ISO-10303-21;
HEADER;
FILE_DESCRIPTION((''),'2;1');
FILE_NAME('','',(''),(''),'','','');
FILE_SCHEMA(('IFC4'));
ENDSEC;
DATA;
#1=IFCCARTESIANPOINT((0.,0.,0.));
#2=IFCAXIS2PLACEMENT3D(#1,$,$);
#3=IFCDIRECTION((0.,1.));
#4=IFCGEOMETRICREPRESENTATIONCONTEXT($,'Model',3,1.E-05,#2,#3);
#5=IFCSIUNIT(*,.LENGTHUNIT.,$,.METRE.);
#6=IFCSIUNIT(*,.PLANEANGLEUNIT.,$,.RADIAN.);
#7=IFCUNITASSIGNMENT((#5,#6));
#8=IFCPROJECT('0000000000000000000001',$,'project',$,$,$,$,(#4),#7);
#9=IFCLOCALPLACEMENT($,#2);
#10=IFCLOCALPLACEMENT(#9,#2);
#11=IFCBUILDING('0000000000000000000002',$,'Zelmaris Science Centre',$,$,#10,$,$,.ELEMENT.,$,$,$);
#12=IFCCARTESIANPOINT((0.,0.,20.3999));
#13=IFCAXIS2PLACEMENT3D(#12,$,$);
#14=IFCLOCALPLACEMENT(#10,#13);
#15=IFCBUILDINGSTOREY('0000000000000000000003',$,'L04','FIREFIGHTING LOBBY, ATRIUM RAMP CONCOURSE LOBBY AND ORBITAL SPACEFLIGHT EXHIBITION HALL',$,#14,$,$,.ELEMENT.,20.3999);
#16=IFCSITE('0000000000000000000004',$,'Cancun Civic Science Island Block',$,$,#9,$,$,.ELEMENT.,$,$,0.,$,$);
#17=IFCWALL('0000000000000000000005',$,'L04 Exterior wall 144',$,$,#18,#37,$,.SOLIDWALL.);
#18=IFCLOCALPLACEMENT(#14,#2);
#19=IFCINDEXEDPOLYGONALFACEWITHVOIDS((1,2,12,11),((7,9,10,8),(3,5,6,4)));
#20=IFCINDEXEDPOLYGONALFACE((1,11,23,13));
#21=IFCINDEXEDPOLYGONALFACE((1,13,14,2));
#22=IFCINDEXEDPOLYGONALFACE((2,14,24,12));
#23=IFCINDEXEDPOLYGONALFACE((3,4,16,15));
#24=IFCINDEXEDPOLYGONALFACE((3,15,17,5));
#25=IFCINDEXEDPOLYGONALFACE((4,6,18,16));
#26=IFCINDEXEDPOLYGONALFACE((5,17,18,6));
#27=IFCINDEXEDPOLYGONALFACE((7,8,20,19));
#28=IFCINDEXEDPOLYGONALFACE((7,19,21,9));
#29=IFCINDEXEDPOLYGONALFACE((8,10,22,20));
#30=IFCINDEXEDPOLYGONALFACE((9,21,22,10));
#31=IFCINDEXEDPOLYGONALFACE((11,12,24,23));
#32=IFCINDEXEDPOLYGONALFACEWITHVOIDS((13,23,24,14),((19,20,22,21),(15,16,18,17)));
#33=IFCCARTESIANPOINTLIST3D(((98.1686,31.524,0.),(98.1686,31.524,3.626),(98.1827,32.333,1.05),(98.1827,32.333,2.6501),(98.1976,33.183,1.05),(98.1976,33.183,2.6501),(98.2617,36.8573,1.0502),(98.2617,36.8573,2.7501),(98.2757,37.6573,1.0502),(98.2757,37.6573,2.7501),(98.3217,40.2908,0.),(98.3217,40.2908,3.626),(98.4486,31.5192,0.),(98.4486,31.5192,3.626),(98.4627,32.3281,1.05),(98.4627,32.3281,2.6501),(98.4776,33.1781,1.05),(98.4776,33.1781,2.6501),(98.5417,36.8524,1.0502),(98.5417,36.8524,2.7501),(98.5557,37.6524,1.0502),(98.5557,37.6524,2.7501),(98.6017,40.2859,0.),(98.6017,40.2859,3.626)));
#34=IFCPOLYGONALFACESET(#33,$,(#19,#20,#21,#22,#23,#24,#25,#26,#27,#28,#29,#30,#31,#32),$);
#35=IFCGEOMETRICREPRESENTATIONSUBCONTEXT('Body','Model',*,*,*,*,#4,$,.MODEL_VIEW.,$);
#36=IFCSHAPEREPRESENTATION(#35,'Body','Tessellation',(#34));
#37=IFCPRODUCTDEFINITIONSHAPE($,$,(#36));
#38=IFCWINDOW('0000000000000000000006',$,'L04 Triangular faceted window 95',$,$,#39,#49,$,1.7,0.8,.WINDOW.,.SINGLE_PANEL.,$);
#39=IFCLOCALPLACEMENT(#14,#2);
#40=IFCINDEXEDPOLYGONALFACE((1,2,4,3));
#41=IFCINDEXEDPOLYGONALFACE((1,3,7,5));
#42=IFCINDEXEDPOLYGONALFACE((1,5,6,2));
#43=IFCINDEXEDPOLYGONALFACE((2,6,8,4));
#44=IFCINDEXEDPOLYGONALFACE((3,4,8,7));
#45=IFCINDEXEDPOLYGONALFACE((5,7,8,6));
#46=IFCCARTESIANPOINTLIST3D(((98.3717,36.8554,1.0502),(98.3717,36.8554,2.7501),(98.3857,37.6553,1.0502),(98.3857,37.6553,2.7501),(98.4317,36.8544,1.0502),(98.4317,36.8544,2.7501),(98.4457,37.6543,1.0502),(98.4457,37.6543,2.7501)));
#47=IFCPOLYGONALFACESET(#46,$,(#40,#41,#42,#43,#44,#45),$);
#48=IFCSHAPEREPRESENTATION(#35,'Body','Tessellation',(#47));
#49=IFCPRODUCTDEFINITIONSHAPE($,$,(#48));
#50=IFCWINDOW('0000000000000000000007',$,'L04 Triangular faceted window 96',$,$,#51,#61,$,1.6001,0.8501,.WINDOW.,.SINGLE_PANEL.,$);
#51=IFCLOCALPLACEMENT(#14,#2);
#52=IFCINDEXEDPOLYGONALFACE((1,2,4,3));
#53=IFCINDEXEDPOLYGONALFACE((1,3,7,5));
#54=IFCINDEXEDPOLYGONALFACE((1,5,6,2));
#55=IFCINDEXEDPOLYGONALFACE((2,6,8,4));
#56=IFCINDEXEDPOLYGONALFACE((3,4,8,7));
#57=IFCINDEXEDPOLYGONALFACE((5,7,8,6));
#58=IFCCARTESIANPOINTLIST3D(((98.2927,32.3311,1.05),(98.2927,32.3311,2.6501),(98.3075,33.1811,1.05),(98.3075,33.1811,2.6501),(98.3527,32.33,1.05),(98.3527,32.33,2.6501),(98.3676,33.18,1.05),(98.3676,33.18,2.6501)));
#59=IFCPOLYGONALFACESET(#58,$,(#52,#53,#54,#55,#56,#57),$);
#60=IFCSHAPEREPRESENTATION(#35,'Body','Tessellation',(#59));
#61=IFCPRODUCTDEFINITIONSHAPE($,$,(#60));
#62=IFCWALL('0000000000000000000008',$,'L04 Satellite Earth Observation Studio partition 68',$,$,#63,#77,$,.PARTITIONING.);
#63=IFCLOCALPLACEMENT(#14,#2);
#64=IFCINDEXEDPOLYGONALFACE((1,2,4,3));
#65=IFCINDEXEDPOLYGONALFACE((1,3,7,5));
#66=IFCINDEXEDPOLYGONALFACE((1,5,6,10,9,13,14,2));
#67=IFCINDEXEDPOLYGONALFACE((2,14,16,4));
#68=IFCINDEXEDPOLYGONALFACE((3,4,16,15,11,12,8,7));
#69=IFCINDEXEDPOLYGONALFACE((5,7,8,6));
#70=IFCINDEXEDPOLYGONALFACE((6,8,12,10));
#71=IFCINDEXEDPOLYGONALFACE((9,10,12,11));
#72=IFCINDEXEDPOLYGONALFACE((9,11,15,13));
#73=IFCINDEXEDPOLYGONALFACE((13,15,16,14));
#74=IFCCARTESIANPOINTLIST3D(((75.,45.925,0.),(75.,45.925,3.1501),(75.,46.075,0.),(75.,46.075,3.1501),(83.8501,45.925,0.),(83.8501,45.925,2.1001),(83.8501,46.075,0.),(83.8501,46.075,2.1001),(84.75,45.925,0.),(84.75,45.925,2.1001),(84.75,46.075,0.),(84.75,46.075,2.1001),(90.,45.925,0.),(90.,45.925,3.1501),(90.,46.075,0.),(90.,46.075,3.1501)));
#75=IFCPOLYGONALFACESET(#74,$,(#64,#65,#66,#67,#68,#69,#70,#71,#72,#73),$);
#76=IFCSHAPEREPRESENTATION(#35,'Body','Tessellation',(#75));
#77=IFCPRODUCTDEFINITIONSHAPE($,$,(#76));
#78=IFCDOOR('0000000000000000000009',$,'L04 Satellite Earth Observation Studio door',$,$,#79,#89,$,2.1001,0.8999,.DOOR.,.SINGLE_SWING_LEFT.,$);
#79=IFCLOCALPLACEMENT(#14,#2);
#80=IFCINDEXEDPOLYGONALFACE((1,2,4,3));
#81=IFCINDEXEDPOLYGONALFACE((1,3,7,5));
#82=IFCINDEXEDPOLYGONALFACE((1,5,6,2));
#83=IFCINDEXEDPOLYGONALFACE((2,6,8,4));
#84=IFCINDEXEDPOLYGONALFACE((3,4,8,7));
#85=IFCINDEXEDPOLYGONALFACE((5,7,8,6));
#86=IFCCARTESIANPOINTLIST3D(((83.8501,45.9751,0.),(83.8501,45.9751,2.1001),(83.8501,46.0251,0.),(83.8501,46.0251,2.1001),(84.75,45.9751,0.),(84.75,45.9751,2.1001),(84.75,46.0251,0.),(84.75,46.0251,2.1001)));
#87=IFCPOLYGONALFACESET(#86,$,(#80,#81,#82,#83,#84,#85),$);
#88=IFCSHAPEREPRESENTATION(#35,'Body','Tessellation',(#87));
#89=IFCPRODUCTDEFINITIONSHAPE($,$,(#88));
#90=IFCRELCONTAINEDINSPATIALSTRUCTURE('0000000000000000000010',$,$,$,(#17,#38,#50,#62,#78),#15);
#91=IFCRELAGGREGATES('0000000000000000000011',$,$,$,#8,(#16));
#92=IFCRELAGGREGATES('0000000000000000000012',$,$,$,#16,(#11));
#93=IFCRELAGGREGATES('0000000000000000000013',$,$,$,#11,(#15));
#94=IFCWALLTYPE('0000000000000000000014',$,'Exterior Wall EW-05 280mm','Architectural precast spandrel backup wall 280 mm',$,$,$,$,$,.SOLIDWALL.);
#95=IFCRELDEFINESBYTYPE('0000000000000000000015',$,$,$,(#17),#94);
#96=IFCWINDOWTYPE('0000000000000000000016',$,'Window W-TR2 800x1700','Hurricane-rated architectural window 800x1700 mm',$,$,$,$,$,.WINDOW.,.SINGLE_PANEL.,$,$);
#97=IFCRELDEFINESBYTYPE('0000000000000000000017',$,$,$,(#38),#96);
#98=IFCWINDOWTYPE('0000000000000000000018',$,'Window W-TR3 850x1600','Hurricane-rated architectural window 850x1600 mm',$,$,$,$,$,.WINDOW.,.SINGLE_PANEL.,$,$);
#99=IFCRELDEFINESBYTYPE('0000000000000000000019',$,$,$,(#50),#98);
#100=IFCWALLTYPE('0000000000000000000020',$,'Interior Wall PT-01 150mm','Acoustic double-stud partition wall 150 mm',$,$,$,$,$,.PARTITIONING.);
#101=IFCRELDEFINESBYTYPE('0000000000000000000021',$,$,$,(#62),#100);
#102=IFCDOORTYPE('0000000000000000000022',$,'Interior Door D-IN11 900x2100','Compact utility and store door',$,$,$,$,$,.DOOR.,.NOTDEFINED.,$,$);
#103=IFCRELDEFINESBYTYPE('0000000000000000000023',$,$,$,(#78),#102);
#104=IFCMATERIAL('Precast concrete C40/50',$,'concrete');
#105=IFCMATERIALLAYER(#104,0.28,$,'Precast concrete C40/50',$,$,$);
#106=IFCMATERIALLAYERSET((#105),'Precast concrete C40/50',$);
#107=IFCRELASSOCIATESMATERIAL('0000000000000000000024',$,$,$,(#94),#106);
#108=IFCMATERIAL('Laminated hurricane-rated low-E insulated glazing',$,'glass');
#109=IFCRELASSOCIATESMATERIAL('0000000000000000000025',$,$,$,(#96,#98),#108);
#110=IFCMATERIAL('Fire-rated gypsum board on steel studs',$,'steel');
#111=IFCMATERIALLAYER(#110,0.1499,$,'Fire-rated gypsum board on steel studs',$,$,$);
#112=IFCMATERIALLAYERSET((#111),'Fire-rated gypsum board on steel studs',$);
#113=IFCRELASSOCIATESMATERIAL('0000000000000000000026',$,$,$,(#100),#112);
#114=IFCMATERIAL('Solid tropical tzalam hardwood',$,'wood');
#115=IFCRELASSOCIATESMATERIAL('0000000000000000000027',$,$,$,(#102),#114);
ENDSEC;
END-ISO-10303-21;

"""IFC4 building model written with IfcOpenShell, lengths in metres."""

from ifc_helpers import new_model, si_unit, direction, frame, frame_2d, origin, place, context, subcontext, project, spatial, rectangle, extrude, material, layer, layer_set, type_object, element, fill, save


model = new_model("IFC4")

# Units and contexts
model_context = context("Model", 3, precision=1e-05, world=origin(), true_north=direction((0.0, 1.0)))
body_context = subcontext(model_context, "Body", "Model", "MODEL_VIEW")
ifc_project = project(units=[si_unit("LENGTHUNIT", "METRE"), si_unit("PLANEANGLEUNIT", "RADIAN")], contexts=[model_context])

# Site, building, storey
site_placement = place(None, origin())
site = spatial("IfcSite", under=ifc_project, at=site_placement, Name="Cancun Civic Science Island Block", CompositionType="ELEMENT", RefElevation=0.0)
building_placement = place(site_placement, origin())
building = spatial("IfcBuilding", under=site, at=building_placement, Name="Zelmaris Science Centre", CompositionType="ELEMENT")
storey_placement = place(building_placement, frame((0.0, 0.0, 20.3999)))
storey = spatial("IfcBuildingStorey", under=building, at=storey_placement, Name="L04", Description="FIREFIGHTING LOBBY, ATRIUM RAMP CONCOURSE LOBBY AND ORBITAL SPACEFLIGHT EXHIBITION HALL", CompositionType="ELEMENT", Elevation=20.3999)

# Shared definitions
ifc_material_1 = material(Name="Precast concrete C40/50", Category="concrete")

# Wall, openings, windows
ifc_layer_1 = layer(ifc_material_1, 0.28, Name="Precast concrete C40/50")
ifc_layer_set_1 = layer_set([ifc_layer_1], Name="Precast concrete C40/50")
wall_type_1 = type_object("IfcWallType", Name="Exterior Wall EW-05 280mm", Description="Architectural precast spandrel backup wall 280 mm", PredefinedType="SOLIDWALL", material=ifc_layer_set_1)
wall_1_placement = place(storey_placement, frame((98.4617, 40.2883, 0.0), z_axis=(0.0, 0.0, 1.0), x_axis=(-0.017458, -0.999848, 0.0)))
wall_1 = element("IfcWall", 1, at=wall_1_placement, inside=storey, type_object=wall_type_1, Name="L04 Exterior wall 144", PredefinedType="SOLIDWALL", context=body_context, shape_type="SweptSolid", body=[
    extrude(rectangle(XDim=8.7681, YDim=0.28, at=frame_2d((4.384, 0.0))), origin(), (0.0, 0.0, 1.0), 3.626),
])
opening_1_placement = place(wall_1_placement, frame((2.634, 0.0, 1.05)))
opening_1 = element("IfcOpeningElement", 2, at=opening_1_placement, cuts=wall_1, PredefinedType="OPENING", context=body_context, shape_type="SweptSolid", body=[
    extrude(rectangle(XDim=0.8, YDim=1.7, at=frame_2d((0.3999, 0.8501))), frame((0.0, 0.1499, 0.0), z_axis=(0.0, -1.0, 0.0), x_axis=(1.0, 0.0, 0.0)), (0.0, 0.0, 1.0), 0.3),
])
opening_2_placement = place(wall_1_placement, frame((7.1089, 0.0, 1.05)))
opening_2 = element("IfcOpeningElement", 3, at=opening_2_placement, cuts=wall_1, PredefinedType="OPENING", context=body_context, shape_type="SweptSolid", body=[
    extrude(rectangle(XDim=0.8501, YDim=1.6001, at=frame_2d((0.425, 0.8))), frame((0.0, 0.1499, 0.0), z_axis=(0.0, -1.0, 0.0), x_axis=(1.0, 0.0, 0.0)), (0.0, 0.0, 1.0), 0.3),
])
ifc_material_2 = material(Name="Laminated hurricane-rated low-E insulated glazing", Category="glass")
window_type_1 = type_object("IfcWindowType", Name="Window W-TR2 800x1700", Description="Hurricane-rated architectural window 800x1700 mm", PartitioningType="SINGLE_PANEL", PredefinedType="WINDOW", material=ifc_material_2)
window_1_placement = place(opening_1_placement, origin())
window_1 = element("IfcWindow", 4, at=window_1_placement, inside=storey, type_object=window_type_1, Name="L04 Triangular faceted window 95", OverallHeight=1.7, OverallWidth=0.8, PartitioningType="SINGLE_PANEL", PredefinedType="WINDOW", context=body_context, shape_type="SweptSolid", body=[
    extrude(rectangle(XDim=0.8, YDim=1.7, at=frame_2d((0.3999, 0.8501))), frame((0.0, 0.03, 0.0), z_axis=(0.0, -1.0, 0.0), x_axis=(1.0, 0.0, 0.0)), (0.0, 0.0, 1.0), 0.0601),
])
fill(opening_1, window_1)
window_type_2 = type_object("IfcWindowType", Name="Window W-TR3 850x1600", Description="Hurricane-rated architectural window 850x1600 mm", PartitioningType="SINGLE_PANEL", PredefinedType="WINDOW", material=ifc_material_2)
window_2_placement = place(opening_2_placement, origin())
window_2 = element("IfcWindow", 5, at=window_2_placement, inside=storey, type_object=window_type_2, Name="L04 Triangular faceted window 96", OverallHeight=1.6001, OverallWidth=0.8501, PartitioningType="SINGLE_PANEL", PredefinedType="WINDOW", context=body_context, shape_type="SweptSolid", body=[
    extrude(rectangle(XDim=0.8501, YDim=1.6001, at=frame_2d((0.425, 0.8))), frame((0.0, 0.03, 0.0), z_axis=(0.0, -1.0, 0.0), x_axis=(1.0, 0.0, 0.0)), (0.0, 0.0, 1.0), 0.0601),
])
fill(opening_2, window_2)

# Wall, opening, door
ifc_material_3 = material(Name="Fire-rated gypsum board on steel studs", Category="steel")
ifc_layer_2 = layer(ifc_material_3, 0.1499, Name="Fire-rated gypsum board on steel studs")
ifc_layer_set_2 = layer_set([ifc_layer_2], Name="Fire-rated gypsum board on steel studs")
wall_type_2 = type_object("IfcWallType", Name="Interior Wall PT-01 150mm", Description="Acoustic double-stud partition wall 150 mm", PredefinedType="PARTITIONING", material=ifc_layer_set_2)
wall_2_placement = place(storey_placement, frame((90.0, 46.0, 0.0), z_axis=(0.0, 0.0, 1.0), x_axis=(-1.0, 0.0, 0.0)))
wall_2 = element("IfcWall", 6, at=wall_2_placement, inside=storey, type_object=wall_type_2, Name="L04 Satellite Earth Observation Studio partition 68", PredefinedType="PARTITIONING", context=body_context, shape_type="SweptSolid", body=[
    extrude(rectangle(XDim=15.0, YDim=0.1499, at=frame_2d((7.5, 0.0))), origin(), (0.0, 0.0, 1.0), 3.1501),
])
opening_3_placement = place(wall_2_placement, frame((5.25, 0.0, 0.0)))
opening_3 = element("IfcOpeningElement", 7, at=opening_3_placement, cuts=wall_2, PredefinedType="OPENING", context=body_context, shape_type="SweptSolid", body=[
    extrude(rectangle(XDim=0.8999, YDim=2.1001, at=frame_2d((0.45, 1.05))), frame((0.0, 0.085, 0.0), z_axis=(0.0, -1.0, 0.0), x_axis=(1.0, 0.0, 0.0)), (0.0, 0.0, 1.0), 0.1699),
])
ifc_material_4 = material(Name="Solid tropical tzalam hardwood", Category="wood")
door_type_1 = type_object("IfcDoorType", Name="Interior Door D-IN11 900x2100", Description="Compact utility and store door", OperationType="NOTDEFINED", PredefinedType="DOOR", material=ifc_material_4)
door_1_placement = place(opening_3_placement, origin())
door_1 = element("IfcDoor", 8, at=door_1_placement, inside=storey, type_object=door_type_1, Name="L04 Satellite Earth Observation Studio door", OperationType="SINGLE_SWING_LEFT", OverallHeight=2.1001, OverallWidth=0.8999, PredefinedType="DOOR", context=body_context, shape_type="SweptSolid", body=[
    extrude(rectangle(XDim=0.8999, YDim=2.1001, at=frame_2d((0.45, 1.05))), frame((0.0, 0.0249, 0.0), z_axis=(0.0, -1.0, 0.0), x_axis=(1.0, 0.0, 0.0)), (0.0, 0.0, 1.0), 0.05),
])
fill(opening_3, door_1)

save(model, "model.ifc")
